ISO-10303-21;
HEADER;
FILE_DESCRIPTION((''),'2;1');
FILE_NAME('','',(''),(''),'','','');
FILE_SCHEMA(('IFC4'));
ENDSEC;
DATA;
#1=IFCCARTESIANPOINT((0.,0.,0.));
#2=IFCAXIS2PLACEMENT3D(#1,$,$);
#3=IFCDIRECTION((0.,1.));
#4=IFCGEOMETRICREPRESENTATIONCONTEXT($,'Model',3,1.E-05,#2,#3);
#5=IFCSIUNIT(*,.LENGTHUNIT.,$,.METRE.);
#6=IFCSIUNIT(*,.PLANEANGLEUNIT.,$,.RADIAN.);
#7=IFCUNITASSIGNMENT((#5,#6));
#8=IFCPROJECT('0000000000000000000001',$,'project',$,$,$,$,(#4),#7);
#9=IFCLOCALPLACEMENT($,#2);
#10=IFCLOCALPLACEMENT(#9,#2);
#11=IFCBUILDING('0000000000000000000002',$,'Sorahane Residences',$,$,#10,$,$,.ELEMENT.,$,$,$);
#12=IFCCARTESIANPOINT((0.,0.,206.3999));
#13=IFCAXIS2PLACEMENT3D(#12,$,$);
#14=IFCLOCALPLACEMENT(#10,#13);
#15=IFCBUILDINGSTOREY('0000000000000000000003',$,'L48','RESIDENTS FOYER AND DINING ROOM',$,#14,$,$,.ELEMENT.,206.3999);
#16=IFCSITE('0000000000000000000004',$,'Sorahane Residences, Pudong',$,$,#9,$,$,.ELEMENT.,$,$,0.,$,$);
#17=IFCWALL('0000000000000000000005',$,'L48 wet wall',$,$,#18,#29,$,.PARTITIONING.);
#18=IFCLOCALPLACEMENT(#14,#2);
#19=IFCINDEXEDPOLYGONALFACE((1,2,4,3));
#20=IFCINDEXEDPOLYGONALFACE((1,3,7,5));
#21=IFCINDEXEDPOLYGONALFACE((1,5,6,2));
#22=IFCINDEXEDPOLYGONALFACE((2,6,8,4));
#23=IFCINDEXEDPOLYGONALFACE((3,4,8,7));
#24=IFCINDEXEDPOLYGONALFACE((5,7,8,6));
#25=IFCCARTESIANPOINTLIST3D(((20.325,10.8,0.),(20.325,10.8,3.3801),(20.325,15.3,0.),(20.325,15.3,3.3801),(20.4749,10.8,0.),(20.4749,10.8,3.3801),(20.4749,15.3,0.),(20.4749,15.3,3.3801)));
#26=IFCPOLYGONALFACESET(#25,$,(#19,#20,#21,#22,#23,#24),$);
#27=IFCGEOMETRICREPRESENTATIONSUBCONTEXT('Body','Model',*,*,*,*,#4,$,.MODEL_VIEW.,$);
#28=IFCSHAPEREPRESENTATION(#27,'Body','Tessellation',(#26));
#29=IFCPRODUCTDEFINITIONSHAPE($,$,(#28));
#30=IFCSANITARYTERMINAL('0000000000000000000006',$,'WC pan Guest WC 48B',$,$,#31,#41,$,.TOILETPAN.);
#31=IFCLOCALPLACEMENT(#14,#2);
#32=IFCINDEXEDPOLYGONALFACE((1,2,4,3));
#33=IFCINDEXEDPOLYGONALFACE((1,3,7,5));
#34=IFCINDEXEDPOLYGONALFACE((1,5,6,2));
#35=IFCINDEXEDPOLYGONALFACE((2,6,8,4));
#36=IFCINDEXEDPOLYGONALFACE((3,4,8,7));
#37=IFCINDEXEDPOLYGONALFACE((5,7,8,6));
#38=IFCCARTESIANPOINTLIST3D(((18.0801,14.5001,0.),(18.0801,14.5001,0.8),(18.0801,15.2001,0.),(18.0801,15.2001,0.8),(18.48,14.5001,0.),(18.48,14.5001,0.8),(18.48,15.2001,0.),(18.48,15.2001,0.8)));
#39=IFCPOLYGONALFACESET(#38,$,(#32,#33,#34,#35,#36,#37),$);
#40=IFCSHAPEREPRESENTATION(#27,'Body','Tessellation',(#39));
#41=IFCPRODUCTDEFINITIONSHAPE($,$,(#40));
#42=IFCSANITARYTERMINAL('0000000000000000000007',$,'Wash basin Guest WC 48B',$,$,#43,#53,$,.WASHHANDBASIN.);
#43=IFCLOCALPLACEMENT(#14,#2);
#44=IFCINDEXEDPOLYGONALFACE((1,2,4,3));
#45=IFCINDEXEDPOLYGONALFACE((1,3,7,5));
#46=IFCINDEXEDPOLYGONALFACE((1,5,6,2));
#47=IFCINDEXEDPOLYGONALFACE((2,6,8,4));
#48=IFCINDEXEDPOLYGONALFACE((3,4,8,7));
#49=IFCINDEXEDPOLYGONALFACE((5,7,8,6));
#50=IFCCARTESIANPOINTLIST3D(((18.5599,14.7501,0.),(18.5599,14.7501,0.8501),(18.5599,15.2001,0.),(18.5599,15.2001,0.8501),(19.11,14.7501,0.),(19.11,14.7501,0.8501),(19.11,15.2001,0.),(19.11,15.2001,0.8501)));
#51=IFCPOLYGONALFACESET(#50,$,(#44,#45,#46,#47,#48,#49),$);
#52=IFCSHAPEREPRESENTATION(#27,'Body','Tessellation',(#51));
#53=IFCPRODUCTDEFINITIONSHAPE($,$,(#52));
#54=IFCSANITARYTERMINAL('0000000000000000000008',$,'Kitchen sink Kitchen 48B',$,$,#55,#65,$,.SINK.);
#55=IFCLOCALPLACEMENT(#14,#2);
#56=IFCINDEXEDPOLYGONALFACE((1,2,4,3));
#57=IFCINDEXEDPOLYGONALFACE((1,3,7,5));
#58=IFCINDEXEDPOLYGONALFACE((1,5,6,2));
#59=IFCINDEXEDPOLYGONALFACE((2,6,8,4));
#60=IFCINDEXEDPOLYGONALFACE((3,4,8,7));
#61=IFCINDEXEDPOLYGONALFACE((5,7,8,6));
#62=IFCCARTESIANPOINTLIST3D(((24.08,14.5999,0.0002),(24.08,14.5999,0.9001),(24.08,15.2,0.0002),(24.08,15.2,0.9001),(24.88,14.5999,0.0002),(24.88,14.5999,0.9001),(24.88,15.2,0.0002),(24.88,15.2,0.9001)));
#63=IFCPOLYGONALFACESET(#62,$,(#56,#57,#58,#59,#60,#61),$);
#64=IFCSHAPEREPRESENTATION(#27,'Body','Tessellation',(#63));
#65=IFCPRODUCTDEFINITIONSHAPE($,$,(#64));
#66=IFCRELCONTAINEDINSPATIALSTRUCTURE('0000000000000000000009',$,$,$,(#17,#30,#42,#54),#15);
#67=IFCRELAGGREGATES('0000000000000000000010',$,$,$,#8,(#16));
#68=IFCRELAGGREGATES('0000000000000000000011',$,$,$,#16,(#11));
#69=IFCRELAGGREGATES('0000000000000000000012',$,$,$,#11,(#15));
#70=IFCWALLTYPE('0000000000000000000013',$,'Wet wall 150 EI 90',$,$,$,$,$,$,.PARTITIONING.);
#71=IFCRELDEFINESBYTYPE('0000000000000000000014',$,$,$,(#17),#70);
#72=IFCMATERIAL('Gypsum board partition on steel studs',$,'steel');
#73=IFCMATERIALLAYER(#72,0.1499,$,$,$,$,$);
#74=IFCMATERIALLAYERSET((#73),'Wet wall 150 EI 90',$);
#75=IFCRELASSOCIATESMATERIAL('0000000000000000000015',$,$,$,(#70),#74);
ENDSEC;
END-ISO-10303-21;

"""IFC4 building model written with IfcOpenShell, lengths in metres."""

from ifc_helpers import new_model, si_unit, direction, frame, frame_2d, origin, origin_2d, place, context, subcontext, project, spatial, rectangle, extrude, material, layer, layer_set, type_object, element, save


model = new_model("IFC4")

# Units and contexts
model_context = context("Model", 3, precision=1e-05, world=origin(), true_north=direction((0.0, 1.0)))
body_context = subcontext(model_context, "Body", "Model", "MODEL_VIEW")
ifc_project = project(units=[si_unit("LENGTHUNIT", "METRE"), si_unit("PLANEANGLEUNIT", "RADIAN")], contexts=[model_context])

# Site, building, storey
site_placement = place(None, origin())
site = spatial("IfcSite", under=ifc_project, at=site_placement, Name="Sorahane Residences, Pudong", CompositionType="ELEMENT", RefElevation=0.0)
building_placement = place(site_placement, origin())
building = spatial("IfcBuilding", under=site, at=building_placement, Name="Sorahane Residences", CompositionType="ELEMENT")
storey_placement = place(building_placement, frame((0.0, 0.0, 206.3999)))
storey = spatial("IfcBuildingStorey", under=building, at=storey_placement, Name="L48", Description="RESIDENTS FOYER AND DINING ROOM", CompositionType="ELEMENT", Elevation=206.3999)

# Wall
ifc_material_1 = material(Name="Gypsum board partition on steel studs", Category="steel")
ifc_layer_1 = layer(ifc_material_1, 0.1499)
ifc_layer_set_1 = layer_set([ifc_layer_1], Name="Wet wall 150 EI 90")
wall_type_1 = type_object("IfcWallType", Name="Wet wall 150 EI 90", PredefinedType="PARTITIONING", material=ifc_layer_set_1)
wall_1_placement = place(storey_placement, frame((20.3999, 10.8, 0.0), z_axis=(0.0, 0.0, 1.0), x_axis=(0.0, 1.0, 0.0)))
element("IfcWall", 1, at=wall_1_placement, inside=storey, type_object=wall_type_1, Name="L48 wet wall", PredefinedType="PARTITIONING", context=body_context, shape_type="SweptSolid", body=[
    extrude(rectangle(XDim=4.5, YDim=0.1499, at=frame_2d((2.25, 0.0))), origin(), (0.0, 0.0, 1.0), 3.3801),
])

# Sanitary terminals
sanitary_terminal_1_placement = place(storey_placement, frame((18.28, 14.8501, 0.0), z_axis=(0.0, 0.0, 1.0), x_axis=(1.0, 0.0, 0.0)))
element("IfcSanitaryTerminal", 2, at=sanitary_terminal_1_placement, inside=storey, Name="WC pan Guest WC 48B", PredefinedType="TOILETPAN", context=body_context, shape_type="SweptSolid", body=[
    extrude(rectangle(XDim=0.3999, YDim=0.7, at=origin_2d()), origin(), (0.0, 0.0, 1.0), 0.8),
])
sanitary_terminal_2_placement = place(storey_placement, frame((18.835, 14.9751, 0.0), z_axis=(0.0, 0.0, 1.0), x_axis=(1.0, 0.0, 0.0)))
element("IfcSanitaryTerminal", 3, at=sanitary_terminal_2_placement, inside=storey, Name="Wash basin Guest WC 48B", PredefinedType="WASHHANDBASIN", context=body_context, shape_type="SweptSolid", body=[
    extrude(rectangle(XDim=0.55, YDim=0.45, at=origin_2d()), origin(), (0.0, 0.0, 1.0), 0.8501),
])
sanitary_terminal_3_placement = place(storey_placement, frame((24.48, 14.8999, 0.0002), z_axis=(0.0, 0.0, 1.0), x_axis=(1.0, 0.0, 0.0)))
element("IfcSanitaryTerminal", 4, at=sanitary_terminal_3_placement, inside=storey, Name="Kitchen sink Kitchen 48B", PredefinedType="SINK", context=body_context, shape_type="SweptSolid", body=[
    extrude(rectangle(XDim=0.8, YDim=0.6001, at=origin_2d()), origin(), (0.0, 0.0, 1.0), 0.8999),
])

save(model, "model.ifc")
